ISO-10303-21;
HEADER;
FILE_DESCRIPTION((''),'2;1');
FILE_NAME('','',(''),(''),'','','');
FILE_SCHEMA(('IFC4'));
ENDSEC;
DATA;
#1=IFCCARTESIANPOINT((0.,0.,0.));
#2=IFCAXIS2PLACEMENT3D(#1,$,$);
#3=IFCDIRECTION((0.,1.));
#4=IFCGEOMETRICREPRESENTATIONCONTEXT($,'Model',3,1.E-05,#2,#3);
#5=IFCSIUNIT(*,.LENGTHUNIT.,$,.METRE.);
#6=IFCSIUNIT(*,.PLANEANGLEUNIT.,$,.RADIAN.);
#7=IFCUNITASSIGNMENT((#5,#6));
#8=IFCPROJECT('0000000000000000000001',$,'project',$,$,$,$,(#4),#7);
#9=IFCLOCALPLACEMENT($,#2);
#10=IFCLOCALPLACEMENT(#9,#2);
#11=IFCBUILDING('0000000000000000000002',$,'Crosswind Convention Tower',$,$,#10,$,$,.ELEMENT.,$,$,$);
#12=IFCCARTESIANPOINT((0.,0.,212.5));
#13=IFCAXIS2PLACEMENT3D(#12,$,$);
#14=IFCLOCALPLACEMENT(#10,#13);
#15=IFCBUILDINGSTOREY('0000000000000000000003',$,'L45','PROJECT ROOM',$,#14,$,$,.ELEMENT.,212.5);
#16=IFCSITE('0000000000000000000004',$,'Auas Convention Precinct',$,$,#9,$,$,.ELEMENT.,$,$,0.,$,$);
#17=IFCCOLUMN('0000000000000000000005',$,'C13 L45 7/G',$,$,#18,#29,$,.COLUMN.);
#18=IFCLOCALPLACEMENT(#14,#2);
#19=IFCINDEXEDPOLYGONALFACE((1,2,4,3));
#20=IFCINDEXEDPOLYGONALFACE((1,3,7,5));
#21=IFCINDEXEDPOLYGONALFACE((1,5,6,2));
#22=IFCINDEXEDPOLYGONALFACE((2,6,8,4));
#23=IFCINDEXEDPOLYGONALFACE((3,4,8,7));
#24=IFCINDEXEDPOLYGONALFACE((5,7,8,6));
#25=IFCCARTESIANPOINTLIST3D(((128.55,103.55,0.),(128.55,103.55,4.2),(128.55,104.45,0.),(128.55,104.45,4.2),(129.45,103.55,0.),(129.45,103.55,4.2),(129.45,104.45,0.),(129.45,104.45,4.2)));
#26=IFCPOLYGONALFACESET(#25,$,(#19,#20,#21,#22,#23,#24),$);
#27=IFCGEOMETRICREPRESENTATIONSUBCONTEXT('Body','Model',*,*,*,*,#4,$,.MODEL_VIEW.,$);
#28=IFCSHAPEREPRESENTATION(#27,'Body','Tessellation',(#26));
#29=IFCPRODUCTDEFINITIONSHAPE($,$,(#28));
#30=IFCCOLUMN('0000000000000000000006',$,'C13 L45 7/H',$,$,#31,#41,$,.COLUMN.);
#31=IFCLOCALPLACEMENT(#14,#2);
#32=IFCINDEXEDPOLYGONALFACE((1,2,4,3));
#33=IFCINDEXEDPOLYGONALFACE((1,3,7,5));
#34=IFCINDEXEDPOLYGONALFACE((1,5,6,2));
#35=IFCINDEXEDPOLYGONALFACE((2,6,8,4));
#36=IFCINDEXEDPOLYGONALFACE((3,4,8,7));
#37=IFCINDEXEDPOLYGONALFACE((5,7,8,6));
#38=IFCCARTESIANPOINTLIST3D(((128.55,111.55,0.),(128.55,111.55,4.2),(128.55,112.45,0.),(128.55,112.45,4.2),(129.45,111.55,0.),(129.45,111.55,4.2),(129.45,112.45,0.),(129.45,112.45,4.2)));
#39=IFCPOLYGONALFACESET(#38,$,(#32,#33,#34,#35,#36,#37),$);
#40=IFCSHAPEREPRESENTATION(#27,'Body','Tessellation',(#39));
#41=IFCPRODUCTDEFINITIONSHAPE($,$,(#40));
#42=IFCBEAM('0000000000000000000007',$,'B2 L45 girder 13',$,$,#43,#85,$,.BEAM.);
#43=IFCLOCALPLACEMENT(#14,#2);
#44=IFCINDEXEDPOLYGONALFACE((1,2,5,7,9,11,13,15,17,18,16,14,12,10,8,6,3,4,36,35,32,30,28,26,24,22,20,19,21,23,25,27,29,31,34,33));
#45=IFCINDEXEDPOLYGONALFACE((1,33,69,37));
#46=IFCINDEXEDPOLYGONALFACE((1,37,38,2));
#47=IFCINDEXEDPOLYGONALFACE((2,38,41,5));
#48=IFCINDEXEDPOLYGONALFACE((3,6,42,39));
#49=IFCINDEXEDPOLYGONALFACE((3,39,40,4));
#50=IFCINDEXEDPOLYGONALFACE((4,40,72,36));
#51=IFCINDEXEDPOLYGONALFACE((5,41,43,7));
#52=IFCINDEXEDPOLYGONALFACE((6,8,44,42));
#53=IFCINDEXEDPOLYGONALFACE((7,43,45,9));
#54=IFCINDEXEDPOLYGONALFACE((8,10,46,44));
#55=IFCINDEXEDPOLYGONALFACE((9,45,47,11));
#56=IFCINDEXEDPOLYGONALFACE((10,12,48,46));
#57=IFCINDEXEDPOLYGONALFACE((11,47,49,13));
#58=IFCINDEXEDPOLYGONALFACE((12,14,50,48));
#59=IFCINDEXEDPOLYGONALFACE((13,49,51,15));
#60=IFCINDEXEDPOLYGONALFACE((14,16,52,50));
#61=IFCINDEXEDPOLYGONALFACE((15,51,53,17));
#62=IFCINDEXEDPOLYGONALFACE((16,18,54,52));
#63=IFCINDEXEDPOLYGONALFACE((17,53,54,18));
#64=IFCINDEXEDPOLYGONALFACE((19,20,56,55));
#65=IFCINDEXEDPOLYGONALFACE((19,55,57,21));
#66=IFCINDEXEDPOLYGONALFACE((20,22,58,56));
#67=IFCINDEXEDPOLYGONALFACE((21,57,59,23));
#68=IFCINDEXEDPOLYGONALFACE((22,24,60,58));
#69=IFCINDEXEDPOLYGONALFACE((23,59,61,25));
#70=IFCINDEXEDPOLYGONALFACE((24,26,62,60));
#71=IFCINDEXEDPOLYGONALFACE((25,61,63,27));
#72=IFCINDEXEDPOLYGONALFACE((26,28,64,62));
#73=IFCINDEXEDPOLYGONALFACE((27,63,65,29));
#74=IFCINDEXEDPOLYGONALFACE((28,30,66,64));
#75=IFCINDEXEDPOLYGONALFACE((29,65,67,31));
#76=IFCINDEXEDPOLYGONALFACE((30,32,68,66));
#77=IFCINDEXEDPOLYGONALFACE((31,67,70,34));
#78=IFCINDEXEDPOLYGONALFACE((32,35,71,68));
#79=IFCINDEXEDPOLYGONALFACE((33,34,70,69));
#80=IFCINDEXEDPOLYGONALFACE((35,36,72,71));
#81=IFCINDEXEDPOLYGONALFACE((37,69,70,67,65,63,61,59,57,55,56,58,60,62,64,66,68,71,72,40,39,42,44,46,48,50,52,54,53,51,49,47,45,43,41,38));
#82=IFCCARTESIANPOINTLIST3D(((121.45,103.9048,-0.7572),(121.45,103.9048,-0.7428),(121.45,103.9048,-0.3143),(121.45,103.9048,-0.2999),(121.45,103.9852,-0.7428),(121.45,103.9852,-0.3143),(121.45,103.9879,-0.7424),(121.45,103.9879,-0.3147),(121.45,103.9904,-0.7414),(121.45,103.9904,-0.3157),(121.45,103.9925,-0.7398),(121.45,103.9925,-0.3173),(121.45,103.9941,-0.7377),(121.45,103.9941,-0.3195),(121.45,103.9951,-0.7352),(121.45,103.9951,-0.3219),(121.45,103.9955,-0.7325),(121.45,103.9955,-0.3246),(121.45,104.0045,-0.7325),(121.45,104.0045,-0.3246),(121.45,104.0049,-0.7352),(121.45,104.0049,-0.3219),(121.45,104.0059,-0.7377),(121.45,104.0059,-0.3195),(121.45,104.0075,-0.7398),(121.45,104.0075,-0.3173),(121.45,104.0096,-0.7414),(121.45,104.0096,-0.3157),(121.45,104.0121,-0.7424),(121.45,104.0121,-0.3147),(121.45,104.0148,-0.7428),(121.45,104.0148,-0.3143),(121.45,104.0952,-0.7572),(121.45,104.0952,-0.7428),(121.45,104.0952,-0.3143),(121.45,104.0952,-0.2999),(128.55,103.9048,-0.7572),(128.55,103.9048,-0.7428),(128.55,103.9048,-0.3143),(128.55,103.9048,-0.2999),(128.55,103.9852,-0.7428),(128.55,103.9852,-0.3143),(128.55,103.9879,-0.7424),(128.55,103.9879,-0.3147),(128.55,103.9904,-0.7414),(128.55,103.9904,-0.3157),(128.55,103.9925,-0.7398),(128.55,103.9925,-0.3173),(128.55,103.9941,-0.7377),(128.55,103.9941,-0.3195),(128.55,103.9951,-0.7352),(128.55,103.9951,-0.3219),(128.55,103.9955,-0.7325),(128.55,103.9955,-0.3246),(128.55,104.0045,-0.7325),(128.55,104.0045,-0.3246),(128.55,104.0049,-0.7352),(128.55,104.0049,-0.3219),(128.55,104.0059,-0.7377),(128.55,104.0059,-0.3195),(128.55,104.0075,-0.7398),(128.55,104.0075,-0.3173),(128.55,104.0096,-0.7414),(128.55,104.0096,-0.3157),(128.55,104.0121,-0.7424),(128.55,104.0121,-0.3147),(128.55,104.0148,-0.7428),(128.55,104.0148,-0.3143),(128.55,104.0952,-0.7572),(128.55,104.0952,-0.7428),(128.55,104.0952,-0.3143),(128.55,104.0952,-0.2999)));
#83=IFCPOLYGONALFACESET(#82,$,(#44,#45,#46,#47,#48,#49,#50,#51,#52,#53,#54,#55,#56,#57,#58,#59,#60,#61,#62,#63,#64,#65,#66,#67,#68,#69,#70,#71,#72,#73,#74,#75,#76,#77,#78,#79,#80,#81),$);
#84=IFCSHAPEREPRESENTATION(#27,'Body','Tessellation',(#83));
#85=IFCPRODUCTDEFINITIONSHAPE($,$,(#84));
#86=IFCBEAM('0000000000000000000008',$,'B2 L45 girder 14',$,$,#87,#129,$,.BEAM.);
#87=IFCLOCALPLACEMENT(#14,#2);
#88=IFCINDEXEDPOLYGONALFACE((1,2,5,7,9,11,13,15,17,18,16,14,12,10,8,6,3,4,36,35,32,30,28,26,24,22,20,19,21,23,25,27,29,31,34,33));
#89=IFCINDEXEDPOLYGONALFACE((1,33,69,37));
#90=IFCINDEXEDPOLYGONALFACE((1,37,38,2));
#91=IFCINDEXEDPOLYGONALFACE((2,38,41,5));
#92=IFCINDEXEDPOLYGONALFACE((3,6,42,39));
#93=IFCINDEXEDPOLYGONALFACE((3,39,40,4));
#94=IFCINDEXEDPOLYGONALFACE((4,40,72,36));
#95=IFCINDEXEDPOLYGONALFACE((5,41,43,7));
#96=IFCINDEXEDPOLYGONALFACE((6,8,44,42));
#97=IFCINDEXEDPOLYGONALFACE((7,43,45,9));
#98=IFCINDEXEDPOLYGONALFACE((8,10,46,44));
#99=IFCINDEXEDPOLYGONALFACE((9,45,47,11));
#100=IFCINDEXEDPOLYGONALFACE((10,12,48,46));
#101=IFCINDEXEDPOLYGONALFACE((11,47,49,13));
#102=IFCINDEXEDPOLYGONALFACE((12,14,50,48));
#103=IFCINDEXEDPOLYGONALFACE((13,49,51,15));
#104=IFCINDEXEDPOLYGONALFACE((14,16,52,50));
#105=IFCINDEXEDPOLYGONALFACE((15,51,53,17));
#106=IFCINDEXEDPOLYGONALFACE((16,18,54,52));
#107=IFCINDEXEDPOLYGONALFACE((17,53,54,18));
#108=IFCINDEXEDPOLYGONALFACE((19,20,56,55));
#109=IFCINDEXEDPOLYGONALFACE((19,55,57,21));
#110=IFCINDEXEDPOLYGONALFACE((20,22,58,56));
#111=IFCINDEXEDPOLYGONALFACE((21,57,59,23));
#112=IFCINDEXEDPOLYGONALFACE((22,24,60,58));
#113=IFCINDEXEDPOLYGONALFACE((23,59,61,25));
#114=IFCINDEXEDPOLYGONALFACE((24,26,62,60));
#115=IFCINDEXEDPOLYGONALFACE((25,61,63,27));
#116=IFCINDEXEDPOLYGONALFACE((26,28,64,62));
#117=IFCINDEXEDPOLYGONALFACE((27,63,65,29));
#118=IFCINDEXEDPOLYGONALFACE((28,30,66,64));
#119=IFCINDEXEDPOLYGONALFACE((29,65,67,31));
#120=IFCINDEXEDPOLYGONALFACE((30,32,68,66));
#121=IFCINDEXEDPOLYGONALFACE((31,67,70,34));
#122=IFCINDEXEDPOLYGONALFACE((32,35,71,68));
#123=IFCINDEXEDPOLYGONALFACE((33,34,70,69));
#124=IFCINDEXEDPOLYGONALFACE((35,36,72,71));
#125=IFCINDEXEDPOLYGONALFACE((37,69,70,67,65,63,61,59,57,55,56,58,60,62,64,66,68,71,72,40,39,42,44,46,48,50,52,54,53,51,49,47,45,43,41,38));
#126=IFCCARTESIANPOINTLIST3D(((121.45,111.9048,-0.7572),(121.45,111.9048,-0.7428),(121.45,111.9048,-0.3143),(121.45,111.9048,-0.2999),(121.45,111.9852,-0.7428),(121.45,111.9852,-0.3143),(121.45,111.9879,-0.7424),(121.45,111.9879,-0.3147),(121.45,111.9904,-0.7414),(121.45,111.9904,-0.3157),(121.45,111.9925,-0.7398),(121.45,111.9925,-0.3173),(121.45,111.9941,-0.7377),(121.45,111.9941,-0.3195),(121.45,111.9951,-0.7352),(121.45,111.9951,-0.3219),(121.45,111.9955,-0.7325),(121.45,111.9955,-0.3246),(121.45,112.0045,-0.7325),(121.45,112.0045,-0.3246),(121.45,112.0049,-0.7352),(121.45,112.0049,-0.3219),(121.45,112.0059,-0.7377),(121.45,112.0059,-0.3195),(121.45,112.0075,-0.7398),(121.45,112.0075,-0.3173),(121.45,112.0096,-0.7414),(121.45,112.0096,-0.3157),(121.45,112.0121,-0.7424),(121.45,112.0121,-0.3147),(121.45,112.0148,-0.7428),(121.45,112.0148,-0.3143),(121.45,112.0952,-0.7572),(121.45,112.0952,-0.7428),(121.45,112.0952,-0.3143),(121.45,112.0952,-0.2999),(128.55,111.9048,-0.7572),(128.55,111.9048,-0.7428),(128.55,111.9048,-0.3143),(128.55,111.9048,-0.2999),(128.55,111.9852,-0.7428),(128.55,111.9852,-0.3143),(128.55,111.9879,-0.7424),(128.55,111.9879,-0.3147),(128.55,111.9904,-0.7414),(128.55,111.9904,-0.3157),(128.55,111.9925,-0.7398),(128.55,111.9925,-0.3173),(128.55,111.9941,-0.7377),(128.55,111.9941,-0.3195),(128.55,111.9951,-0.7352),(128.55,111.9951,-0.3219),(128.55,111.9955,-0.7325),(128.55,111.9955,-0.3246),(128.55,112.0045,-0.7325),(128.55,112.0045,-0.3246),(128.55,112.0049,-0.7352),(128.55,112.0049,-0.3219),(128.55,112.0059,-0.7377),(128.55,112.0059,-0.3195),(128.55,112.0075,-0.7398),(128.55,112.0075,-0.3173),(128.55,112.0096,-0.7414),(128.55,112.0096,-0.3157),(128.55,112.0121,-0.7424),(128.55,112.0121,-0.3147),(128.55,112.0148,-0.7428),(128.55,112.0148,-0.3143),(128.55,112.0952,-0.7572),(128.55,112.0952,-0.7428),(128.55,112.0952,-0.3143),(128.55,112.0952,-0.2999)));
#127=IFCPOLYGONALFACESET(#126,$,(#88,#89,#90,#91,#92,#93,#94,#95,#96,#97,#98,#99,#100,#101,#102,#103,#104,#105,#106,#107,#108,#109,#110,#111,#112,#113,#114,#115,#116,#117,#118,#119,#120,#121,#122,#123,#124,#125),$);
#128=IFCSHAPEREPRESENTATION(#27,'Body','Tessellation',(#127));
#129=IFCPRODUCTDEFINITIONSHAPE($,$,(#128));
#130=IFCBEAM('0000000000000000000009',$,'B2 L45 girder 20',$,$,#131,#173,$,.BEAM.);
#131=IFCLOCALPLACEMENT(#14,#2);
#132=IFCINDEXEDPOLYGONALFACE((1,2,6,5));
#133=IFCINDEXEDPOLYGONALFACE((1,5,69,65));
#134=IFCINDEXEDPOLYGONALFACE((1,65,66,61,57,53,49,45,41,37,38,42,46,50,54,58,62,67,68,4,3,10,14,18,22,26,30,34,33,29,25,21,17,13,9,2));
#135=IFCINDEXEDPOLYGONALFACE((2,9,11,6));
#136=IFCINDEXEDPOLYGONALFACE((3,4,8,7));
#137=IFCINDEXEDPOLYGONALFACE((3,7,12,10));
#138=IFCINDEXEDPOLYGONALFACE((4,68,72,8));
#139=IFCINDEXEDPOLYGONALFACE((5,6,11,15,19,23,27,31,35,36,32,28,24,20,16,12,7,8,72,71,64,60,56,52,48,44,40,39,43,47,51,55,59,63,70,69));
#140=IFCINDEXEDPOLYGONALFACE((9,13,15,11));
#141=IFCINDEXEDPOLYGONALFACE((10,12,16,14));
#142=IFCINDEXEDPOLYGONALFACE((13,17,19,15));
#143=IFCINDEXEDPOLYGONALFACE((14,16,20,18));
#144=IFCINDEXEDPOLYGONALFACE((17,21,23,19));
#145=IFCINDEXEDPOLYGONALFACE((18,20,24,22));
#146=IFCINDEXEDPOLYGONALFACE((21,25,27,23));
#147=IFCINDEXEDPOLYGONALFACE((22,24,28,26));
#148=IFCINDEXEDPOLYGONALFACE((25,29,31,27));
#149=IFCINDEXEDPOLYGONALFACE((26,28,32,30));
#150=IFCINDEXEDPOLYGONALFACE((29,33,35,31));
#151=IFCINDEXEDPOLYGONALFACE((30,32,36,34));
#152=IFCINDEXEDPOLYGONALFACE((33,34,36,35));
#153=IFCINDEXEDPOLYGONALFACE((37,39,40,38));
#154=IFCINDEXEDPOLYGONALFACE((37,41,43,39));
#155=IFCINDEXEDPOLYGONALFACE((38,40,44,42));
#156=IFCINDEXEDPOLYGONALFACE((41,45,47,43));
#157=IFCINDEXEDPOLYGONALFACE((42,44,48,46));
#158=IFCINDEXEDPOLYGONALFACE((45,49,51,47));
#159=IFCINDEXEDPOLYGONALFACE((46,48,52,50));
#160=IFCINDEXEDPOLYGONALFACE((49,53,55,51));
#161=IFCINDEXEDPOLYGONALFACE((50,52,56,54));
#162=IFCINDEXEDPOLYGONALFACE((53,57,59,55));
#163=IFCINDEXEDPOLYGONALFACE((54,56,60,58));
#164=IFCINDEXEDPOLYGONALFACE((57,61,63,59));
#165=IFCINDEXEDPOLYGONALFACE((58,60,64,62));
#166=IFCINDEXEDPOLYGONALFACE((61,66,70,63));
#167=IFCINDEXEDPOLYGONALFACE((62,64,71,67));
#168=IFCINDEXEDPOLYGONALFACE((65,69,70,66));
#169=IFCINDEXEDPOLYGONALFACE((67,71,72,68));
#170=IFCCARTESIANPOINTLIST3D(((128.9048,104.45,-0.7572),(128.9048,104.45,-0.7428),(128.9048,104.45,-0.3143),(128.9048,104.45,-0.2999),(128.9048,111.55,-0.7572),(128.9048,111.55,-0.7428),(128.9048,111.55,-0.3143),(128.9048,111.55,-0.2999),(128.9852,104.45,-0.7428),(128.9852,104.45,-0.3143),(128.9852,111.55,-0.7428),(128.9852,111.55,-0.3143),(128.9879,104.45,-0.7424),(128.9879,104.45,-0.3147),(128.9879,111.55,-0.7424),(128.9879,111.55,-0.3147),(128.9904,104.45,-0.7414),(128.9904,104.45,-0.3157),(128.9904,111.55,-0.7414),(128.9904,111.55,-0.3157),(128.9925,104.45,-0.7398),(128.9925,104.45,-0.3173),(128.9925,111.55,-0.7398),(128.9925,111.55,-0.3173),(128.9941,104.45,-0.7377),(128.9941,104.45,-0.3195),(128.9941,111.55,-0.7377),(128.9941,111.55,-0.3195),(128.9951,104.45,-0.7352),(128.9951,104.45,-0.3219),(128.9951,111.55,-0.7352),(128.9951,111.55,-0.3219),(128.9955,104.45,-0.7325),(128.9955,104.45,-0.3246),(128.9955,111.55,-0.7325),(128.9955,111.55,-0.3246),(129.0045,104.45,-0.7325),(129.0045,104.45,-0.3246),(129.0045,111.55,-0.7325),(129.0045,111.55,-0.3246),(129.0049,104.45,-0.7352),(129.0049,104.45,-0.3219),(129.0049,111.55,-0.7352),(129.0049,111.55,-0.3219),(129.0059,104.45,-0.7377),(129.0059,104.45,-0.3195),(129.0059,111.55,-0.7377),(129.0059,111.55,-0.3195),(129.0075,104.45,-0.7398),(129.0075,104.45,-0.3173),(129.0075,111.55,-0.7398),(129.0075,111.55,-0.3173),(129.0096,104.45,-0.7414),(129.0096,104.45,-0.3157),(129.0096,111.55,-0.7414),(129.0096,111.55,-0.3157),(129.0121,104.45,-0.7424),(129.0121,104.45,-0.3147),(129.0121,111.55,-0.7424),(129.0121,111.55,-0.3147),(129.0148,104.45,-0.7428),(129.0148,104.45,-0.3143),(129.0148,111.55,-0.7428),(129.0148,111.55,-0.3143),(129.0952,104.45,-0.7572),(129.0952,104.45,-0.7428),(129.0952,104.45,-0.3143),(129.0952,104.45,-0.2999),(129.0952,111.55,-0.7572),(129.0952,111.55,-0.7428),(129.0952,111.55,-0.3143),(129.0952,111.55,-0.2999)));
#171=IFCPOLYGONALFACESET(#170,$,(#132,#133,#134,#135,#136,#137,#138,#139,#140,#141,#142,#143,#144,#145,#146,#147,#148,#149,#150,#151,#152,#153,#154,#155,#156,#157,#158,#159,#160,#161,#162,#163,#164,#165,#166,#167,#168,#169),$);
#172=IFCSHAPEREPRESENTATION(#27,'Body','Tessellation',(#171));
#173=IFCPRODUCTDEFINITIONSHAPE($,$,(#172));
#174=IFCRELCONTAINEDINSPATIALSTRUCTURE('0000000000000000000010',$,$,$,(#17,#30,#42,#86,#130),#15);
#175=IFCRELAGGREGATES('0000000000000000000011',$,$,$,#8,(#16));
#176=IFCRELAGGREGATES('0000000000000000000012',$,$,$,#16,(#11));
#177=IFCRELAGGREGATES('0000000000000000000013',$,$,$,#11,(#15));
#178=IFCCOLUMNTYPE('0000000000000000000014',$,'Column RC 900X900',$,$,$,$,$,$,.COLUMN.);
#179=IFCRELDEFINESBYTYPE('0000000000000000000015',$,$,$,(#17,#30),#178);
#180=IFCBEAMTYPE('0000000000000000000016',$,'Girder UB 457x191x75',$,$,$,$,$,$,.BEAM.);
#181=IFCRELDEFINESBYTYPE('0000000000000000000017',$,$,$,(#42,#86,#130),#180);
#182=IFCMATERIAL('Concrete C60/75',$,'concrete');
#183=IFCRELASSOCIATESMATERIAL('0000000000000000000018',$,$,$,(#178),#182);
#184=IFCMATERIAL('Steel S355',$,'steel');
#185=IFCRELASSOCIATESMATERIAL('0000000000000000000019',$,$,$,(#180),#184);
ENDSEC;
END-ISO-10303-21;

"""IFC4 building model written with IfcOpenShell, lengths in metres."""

from ifc_helpers import new_model, si_unit, direction, frame, origin, origin_2d, place, context, subcontext, project, spatial, rectangle, i_section, extrude, material, material_profile, profile_set, type_object, element, save


model = new_model("IFC4")

# Units and contexts
model_context = context("Model", 3, precision=1e-05, world=origin(), true_north=direction((0.0, 1.0)))
body_context = subcontext(model_context, "Body", "Model", "MODEL_VIEW")
ifc_project = project(units=[si_unit("LENGTHUNIT", "METRE"), si_unit("PLANEANGLEUNIT", "RADIAN")], contexts=[model_context])

# Site, building, storey
site_placement = place(None, origin())
site = spatial("IfcSite", under=ifc_project, at=site_placement, Name="Auas Convention Precinct", CompositionType="ELEMENT", RefElevation=0.0)
building_placement = place(site_placement, origin())
building = spatial("IfcBuilding", under=site, at=building_placement, Name="Crosswind Convention Tower", CompositionType="ELEMENT")
storey_placement = place(building_placement, frame((0.0, 0.0, 212.5)))
storey = spatial("IfcBuildingStorey", under=building, at=storey_placement, Name="L45", Description="PROJECT ROOM", CompositionType="ELEMENT", Elevation=212.5)

# Columns
ifc_material_1 = material(Name="Concrete C60/75", Category="concrete")
ifc_material_profile_1 = material_profile(ifc_material_1, rectangle(XDim=0.8999, YDim=0.8999, at=origin_2d()), Name="RC 900X900")
ifc_profile_set_1 = profile_set([ifc_material_profile_1], Name="Concrete C60/75")
column_type = type_object("IfcColumnType", Name="Column RC 900X900", PredefinedType="COLUMN", material=ifc_profile_set_1)
for number, where, z_axis, x_axis, name in (
    (1, (129.0, 104.0, 0.0), (0.0, 0.0, 1.0), (1.0, 0.0, 0.0), "C13 L45 7/G"),
    (2, (129.0, 112.0, 0.0), (0.0, 0.0, 1.0), (1.0, 0.0, 0.0), "C13 L45 7/H"),
):
    element("IfcColumn", number, at=place(storey_placement, frame(where, z_axis=z_axis, x_axis=x_axis)), inside=storey, type_object=column_type, Name=name, PredefinedType="COLUMN", context=body_context, shape_type="SweptSolid", body=[
        extrude(rectangle(XDim=0.8999, YDim=0.8999, at=origin_2d()), origin(), (0.0, 0.0, 1.0), 4.2),
    ])

# Beams
ifc_material_2 = material(Name="Steel S355", Category="steel")
ifc_material_profile_2 = material_profile(ifc_material_2, i_section(OverallWidth=0.1904, OverallDepth=0.4573, WebThickness=0.009, FlangeThickness=0.0144, FilletRadius=0.0103, at=origin_2d()), Name="UB 457x191x75")
ifc_profile_set_2 = profile_set([ifc_material_profile_2], Name="Steel S355")
beam_type_1 = type_object("IfcBeamType", Name="Girder UB 457x191x75", PredefinedType="BEAM", material=ifc_profile_set_2)
for number, where, z_axis, x_axis, name in (
    (3, (121.45, 104.0, -0.5286), (1.0, 0.0, 0.0), (0.0, 1.0, 0.0), "B2 L45 girder 13"),
    (4, (121.45, 112.0, -0.5286), (1.0, 0.0, 0.0), (0.0, 1.0, 0.0), "B2 L45 girder 14"),
    (5, (129.0, 104.45, -0.5286), (0.0, 1.0, 0.0), (-1.0, 0.0, 0.0), "B2 L45 girder 20"),
):
    element("IfcBeam", number, at=place(storey_placement, frame(where, z_axis=z_axis, x_axis=x_axis)), inside=storey, type_object=beam_type_1, Name=name, PredefinedType="BEAM", context=body_context, shape_type="SweptSolid", body=[
        extrude(i_section(OverallWidth=0.1904, OverallDepth=0.4573, WebThickness=0.009, FlangeThickness=0.0144, FilletRadius=0.0103, at=origin_2d()), origin(), (0.0, 0.0, 1.0), 7.1001),
    ])

save(model, "model.ifc")
